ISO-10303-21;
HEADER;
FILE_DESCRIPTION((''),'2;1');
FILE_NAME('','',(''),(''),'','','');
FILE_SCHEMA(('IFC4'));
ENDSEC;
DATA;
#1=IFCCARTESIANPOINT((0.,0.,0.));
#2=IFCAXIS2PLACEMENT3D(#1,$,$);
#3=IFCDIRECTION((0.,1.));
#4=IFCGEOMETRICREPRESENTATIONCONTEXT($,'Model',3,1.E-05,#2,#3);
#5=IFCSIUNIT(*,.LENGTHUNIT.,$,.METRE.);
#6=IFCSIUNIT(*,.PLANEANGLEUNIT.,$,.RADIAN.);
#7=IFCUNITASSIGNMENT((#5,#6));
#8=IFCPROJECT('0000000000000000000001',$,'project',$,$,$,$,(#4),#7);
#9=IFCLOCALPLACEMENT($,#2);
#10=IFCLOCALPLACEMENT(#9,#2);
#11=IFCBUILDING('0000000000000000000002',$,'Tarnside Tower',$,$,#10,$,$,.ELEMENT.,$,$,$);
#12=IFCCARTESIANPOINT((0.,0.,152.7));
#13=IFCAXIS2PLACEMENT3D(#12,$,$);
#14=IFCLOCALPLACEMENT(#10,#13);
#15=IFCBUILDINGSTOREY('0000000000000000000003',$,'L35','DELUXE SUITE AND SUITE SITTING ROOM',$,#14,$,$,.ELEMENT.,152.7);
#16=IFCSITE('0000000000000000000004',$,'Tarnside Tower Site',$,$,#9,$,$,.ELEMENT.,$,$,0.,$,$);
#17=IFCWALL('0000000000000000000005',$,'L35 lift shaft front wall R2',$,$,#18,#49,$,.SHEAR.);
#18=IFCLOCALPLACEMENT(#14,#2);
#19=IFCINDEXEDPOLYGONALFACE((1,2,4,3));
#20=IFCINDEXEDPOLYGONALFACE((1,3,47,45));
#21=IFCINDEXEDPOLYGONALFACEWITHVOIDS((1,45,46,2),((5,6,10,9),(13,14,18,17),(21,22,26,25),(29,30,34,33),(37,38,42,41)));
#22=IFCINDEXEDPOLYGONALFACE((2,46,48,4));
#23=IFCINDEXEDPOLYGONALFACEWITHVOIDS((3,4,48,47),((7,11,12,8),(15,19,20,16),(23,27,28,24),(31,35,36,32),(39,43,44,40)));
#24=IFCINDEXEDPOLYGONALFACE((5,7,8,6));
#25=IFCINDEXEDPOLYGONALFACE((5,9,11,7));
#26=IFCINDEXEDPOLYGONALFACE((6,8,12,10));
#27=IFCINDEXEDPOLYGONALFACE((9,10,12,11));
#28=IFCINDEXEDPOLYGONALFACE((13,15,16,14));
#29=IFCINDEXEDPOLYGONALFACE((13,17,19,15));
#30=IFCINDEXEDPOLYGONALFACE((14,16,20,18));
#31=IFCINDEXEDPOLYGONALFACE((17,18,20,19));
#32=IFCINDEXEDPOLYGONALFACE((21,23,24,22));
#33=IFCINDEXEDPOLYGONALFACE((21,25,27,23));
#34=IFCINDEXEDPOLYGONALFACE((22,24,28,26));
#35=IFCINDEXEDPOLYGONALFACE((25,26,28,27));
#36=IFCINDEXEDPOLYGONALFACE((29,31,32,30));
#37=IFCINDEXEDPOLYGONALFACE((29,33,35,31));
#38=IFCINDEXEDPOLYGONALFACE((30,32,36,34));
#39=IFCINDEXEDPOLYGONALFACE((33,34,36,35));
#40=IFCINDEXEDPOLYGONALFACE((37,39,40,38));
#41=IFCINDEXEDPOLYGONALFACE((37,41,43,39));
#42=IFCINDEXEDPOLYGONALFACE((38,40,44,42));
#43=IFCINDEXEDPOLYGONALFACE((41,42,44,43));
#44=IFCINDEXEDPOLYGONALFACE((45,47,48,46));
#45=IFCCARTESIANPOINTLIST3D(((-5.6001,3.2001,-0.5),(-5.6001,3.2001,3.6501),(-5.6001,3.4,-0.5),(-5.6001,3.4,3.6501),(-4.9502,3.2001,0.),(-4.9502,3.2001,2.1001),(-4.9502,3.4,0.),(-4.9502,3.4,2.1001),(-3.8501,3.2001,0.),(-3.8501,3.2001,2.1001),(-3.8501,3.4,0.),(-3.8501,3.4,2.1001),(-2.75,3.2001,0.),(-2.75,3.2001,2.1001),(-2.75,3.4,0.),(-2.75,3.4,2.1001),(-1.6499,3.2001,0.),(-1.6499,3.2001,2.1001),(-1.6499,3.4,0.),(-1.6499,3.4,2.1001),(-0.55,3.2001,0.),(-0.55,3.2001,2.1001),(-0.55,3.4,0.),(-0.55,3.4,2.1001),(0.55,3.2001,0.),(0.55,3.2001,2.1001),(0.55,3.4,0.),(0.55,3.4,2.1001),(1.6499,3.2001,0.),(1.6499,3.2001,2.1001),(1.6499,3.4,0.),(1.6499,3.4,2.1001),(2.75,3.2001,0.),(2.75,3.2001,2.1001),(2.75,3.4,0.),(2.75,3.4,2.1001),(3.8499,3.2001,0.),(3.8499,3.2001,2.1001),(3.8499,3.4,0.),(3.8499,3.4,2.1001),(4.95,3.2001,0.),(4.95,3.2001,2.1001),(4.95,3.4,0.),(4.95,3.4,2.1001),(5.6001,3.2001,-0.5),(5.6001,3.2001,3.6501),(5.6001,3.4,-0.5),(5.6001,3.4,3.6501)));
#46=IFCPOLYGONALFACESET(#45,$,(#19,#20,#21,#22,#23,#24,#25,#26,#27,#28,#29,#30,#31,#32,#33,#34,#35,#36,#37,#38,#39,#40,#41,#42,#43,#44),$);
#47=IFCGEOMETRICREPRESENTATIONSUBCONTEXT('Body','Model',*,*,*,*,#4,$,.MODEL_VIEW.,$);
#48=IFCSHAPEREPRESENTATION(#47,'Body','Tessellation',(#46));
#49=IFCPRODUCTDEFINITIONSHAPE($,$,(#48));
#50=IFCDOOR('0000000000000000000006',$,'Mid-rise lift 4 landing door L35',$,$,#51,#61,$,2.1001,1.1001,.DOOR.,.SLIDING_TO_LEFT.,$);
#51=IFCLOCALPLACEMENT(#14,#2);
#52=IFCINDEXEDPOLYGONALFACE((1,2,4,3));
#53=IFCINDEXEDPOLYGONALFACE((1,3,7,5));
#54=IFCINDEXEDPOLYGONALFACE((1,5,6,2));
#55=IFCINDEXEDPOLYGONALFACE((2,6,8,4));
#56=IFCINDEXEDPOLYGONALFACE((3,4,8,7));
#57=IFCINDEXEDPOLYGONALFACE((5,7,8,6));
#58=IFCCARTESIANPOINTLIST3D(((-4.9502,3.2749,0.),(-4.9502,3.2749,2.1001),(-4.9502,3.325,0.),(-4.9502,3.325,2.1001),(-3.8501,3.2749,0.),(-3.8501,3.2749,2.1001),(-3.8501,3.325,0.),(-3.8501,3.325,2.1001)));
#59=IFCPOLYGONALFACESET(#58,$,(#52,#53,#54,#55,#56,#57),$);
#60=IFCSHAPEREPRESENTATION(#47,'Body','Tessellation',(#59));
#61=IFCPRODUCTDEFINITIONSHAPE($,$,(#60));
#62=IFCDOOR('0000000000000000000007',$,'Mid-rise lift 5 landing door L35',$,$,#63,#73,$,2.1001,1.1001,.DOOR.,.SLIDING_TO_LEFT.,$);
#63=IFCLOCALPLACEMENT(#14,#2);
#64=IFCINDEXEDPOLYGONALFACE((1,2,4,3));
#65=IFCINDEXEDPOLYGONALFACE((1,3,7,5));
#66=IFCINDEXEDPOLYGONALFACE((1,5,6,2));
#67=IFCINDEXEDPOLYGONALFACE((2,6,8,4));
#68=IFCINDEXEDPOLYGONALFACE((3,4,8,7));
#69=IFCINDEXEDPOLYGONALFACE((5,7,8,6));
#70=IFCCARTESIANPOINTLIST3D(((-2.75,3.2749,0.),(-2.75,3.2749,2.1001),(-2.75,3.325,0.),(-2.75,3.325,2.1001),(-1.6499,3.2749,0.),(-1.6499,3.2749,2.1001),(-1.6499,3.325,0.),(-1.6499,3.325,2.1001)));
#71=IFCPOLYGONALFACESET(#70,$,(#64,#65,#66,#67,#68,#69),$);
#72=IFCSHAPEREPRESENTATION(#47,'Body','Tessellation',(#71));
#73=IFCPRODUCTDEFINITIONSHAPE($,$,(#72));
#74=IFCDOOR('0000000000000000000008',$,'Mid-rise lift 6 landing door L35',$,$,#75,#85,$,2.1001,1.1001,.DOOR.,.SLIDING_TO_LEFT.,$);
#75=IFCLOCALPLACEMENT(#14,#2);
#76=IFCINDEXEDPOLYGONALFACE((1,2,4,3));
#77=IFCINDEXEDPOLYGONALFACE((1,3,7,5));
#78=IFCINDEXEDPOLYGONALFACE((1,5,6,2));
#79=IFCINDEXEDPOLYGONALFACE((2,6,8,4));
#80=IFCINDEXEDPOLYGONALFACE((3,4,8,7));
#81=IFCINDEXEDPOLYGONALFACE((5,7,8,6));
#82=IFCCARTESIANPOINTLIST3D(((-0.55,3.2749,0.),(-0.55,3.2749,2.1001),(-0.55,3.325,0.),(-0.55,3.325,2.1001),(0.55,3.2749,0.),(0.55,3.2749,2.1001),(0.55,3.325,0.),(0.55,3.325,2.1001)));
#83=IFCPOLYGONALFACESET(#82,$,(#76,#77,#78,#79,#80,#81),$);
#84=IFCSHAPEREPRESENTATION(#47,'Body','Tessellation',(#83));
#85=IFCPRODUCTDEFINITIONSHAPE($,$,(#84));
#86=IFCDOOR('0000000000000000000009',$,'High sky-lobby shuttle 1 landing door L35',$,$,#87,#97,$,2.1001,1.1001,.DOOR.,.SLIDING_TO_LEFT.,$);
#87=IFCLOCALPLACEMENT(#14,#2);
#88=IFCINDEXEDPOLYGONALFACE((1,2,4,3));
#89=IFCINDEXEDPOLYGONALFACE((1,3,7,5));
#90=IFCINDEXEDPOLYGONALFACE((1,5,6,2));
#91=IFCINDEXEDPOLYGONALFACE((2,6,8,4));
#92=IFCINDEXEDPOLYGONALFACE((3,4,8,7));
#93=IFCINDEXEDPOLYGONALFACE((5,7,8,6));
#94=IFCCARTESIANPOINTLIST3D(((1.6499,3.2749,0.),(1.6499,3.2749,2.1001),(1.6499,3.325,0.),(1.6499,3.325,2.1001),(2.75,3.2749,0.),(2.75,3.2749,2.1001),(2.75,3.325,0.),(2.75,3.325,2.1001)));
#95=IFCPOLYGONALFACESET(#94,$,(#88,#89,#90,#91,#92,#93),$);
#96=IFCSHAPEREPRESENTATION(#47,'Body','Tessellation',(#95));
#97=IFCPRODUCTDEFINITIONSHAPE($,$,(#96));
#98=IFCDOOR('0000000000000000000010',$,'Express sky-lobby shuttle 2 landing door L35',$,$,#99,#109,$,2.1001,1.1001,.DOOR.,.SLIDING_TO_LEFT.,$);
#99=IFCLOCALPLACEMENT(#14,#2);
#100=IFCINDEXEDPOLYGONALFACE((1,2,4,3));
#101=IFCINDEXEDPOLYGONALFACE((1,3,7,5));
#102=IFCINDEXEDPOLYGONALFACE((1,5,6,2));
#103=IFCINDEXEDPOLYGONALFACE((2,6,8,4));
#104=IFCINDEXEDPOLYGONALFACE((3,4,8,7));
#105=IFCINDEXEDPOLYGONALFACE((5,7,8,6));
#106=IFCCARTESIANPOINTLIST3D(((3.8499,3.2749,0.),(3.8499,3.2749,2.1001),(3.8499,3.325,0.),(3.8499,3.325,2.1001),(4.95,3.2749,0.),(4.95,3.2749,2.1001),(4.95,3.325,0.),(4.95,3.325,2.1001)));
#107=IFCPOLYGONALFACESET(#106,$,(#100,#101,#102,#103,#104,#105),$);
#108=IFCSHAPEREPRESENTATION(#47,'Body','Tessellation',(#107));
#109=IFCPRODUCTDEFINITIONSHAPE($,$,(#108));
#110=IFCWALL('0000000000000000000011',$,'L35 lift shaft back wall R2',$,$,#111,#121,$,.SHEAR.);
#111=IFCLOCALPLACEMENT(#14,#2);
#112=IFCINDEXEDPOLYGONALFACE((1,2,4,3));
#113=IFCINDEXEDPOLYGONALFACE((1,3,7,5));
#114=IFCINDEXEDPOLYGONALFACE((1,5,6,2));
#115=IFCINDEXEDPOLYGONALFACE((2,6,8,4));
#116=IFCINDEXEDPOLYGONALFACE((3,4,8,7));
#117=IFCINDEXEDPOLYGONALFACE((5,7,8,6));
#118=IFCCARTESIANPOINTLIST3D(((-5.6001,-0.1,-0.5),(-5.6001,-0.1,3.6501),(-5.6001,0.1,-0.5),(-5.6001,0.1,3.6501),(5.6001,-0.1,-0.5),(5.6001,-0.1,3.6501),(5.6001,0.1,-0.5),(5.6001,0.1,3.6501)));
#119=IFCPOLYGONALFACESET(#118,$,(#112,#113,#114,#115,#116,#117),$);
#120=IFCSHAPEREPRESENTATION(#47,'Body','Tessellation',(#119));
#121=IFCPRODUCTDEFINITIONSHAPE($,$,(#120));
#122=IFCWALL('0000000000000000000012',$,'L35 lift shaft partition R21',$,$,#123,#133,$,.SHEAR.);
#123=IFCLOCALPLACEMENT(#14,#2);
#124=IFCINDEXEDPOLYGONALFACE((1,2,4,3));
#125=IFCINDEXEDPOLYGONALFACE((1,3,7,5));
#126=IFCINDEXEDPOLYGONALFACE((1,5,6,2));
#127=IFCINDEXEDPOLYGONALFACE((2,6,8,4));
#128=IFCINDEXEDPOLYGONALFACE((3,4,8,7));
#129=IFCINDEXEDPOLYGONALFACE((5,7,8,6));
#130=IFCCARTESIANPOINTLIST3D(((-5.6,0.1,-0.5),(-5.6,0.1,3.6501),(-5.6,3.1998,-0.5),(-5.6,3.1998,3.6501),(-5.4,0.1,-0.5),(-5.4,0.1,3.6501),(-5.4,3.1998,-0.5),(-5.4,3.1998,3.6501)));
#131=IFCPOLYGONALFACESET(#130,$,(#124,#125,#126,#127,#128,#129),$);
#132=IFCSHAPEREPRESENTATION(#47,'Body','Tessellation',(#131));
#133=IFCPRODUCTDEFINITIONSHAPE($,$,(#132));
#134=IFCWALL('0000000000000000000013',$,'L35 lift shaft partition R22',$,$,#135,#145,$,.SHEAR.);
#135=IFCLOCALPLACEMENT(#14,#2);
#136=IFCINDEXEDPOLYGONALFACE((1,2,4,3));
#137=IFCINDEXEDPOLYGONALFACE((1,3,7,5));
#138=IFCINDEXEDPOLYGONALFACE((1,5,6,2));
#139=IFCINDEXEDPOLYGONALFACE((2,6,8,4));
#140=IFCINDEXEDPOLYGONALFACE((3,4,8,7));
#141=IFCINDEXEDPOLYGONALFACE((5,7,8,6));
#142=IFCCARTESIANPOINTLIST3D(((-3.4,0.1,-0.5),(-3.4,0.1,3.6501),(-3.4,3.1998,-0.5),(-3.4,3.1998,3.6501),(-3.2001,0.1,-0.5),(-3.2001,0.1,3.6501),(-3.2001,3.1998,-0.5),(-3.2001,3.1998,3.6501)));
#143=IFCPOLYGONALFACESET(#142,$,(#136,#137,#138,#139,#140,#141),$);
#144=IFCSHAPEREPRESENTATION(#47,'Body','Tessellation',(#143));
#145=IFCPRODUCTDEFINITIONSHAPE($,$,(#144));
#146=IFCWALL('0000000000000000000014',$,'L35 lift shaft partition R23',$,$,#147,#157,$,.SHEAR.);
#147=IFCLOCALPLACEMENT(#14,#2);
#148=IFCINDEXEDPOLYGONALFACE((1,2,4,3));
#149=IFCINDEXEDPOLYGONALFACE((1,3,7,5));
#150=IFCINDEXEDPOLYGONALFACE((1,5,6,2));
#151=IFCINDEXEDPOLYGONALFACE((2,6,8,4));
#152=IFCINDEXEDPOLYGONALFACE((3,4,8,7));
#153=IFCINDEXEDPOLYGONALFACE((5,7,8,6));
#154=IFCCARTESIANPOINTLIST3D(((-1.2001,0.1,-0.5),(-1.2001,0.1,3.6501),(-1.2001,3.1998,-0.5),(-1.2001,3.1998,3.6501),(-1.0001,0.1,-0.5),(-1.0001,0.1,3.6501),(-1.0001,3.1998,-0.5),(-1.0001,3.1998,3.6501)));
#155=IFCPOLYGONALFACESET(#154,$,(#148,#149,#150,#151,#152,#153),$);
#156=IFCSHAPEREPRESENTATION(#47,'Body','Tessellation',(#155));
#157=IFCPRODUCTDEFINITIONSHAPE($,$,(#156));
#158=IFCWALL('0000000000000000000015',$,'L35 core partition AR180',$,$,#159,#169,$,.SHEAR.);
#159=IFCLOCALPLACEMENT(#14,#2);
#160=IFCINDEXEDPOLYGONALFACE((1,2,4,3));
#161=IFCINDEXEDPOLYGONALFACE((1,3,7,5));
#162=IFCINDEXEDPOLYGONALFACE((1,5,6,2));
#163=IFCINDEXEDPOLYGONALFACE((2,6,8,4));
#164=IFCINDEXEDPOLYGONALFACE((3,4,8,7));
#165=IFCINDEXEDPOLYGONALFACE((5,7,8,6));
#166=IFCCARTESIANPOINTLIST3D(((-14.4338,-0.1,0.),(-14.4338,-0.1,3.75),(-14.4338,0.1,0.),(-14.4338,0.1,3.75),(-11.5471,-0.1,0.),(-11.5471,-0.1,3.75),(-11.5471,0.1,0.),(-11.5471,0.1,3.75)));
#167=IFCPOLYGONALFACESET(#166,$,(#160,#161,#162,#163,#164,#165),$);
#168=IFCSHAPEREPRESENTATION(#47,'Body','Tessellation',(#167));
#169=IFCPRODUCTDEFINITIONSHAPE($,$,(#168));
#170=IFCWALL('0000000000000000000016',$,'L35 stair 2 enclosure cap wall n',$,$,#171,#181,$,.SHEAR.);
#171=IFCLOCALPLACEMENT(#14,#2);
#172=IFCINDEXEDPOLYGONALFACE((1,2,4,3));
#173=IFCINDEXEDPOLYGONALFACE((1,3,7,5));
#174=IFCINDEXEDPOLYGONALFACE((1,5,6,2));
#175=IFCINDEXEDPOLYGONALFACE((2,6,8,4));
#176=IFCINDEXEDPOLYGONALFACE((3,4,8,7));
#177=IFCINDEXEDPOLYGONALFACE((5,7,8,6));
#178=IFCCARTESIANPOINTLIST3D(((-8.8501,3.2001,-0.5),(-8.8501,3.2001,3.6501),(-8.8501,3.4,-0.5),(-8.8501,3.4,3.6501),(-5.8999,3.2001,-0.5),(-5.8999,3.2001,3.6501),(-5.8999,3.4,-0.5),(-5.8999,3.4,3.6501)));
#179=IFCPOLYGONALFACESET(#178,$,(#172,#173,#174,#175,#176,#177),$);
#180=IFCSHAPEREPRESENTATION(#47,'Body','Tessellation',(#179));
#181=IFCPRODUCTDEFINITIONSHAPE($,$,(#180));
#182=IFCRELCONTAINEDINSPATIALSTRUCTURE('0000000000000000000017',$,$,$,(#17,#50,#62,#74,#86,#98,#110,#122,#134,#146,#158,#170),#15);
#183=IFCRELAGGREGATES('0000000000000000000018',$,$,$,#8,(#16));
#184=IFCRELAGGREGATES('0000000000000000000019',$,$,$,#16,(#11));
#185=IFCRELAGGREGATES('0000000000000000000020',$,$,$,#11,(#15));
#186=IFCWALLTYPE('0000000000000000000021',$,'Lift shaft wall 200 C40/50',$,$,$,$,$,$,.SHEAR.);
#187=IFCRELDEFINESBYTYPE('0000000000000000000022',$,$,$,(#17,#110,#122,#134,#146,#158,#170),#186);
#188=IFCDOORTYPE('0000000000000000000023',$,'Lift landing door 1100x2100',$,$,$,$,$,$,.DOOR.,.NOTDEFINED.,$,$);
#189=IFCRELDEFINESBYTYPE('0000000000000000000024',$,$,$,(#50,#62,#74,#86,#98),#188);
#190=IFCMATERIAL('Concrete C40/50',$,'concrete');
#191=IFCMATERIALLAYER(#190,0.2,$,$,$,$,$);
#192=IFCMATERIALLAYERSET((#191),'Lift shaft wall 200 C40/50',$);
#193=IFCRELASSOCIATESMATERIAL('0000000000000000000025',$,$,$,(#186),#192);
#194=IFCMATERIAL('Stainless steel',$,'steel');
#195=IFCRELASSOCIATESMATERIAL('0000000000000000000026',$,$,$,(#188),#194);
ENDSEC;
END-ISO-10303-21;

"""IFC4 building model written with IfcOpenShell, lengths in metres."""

from ifc_helpers import new_model, si_unit, direction, frame, frame_2d, origin, place, context, subcontext, project, spatial, rectangle, extrude, material, layer, layer_set, type_object, element, fill, save


model = new_model("IFC4")

# Units and contexts
model_context = context("Model", 3, precision=1e-05, world=origin(), true_north=direction((0.0, 1.0)))
body_context = subcontext(model_context, "Body", "Model", "MODEL_VIEW")
ifc_project = project(units=[si_unit("LENGTHUNIT", "METRE"), si_unit("PLANEANGLEUNIT", "RADIAN")], contexts=[model_context])

# Site, building, storey
site_placement = place(None, origin())
site = spatial("IfcSite", under=ifc_project, at=site_placement, Name="Tarnside Tower Site", CompositionType="ELEMENT", RefElevation=0.0)
building_placement = place(site_placement, origin())
building = spatial("IfcBuilding", under=site, at=building_placement, Name="Tarnside Tower", CompositionType="ELEMENT")
storey_placement = place(building_placement, frame((0.0, 0.0, 152.7)))
storey = spatial("IfcBuildingStorey", under=building, at=storey_placement, Name="L35", Description="DELUXE SUITE AND SUITE SITTING ROOM", CompositionType="ELEMENT", Elevation=152.7)

# Wall, openings, doors
ifc_material_1 = material(Name="Concrete C40/50", Category="concrete")
ifc_layer_1 = layer(ifc_material_1, 0.2)
ifc_layer_set_1 = layer_set([ifc_layer_1], Name="Lift shaft wall 200 C40/50")
wall_type_1 = type_object("IfcWallType", Name="Lift shaft wall 200 C40/50", PredefinedType="SHEAR", material=ifc_layer_set_1)
ifc_material_2 = material(Name="Stainless steel", Category="steel")
door_type_1 = type_object("IfcDoorType", Name="Lift landing door 1100x2100", OperationType="NOTDEFINED", PredefinedType="DOOR", material=ifc_material_2)
wall_1_placement = place(storey_placement, frame((-5.6001, 3.3, -0.5), z_axis=(0.0, 0.0, 1.0), x_axis=(1.0, 0.0, 0.0)))
wall_1 = element("IfcWall", 1, at=wall_1_placement, inside=storey, type_object=wall_type_1, Name="L35 lift shaft front wall R2", PredefinedType="SHEAR", context=body_context, shape_type="SweptSolid", body=[
    extrude(rectangle(XDim=11.2002, YDim=0.2, at=frame_2d((5.6001, 0.0))), origin(), (0.0, 0.0, 1.0), 4.1501),
])
opening_1_placement = place(wall_1_placement, frame((0.6499, 0.0, 0.5)))
opening_1 = element("IfcOpeningElement", 2, at=opening_1_placement, cuts=wall_1, PredefinedType="OPENING", context=body_context, shape_type="SweptSolid", body=[
    extrude(rectangle(XDim=1.1001, YDim=2.1001, at=frame_2d((0.55, 1.05))), frame((0.0, 0.1099, 0.0), z_axis=(0.0, -1.0, 0.0), x_axis=(1.0, 0.0, 0.0)), (0.0, 0.0, 1.0), 0.22),
])
opening_2_placement = place(wall_1_placement, frame((2.8501, 0.0, 0.5)))
opening_2 = element("IfcOpeningElement", 3, at=opening_2_placement, cuts=wall_1, PredefinedType="OPENING", context=body_context, shape_type="SweptSolid", body=[
    extrude(rectangle(XDim=1.1001, YDim=2.1001, at=frame_2d((0.55, 1.05))), frame((0.0, 0.1099, 0.0), z_axis=(0.0, -1.0, 0.0), x_axis=(1.0, 0.0, 0.0)), (0.0, 0.0, 1.0), 0.22),
])
opening_3_placement = place(wall_1_placement, frame((5.05, 0.0, 0.5)))
opening_3 = element("IfcOpeningElement", 4, at=opening_3_placement, cuts=wall_1, PredefinedType="OPENING", context=body_context, shape_type="SweptSolid", body=[
    extrude(rectangle(XDim=1.1001, YDim=2.1001, at=frame_2d((0.55, 1.05))), frame((0.0, 0.1099, 0.0), z_axis=(0.0, -1.0, 0.0), x_axis=(1.0, 0.0, 0.0)), (0.0, 0.0, 1.0), 0.22),
])
opening_4_placement = place(wall_1_placement, frame((7.25, 0.0, 0.5)))
opening_4 = element("IfcOpeningElement", 5, at=opening_4_placement, cuts=wall_1, PredefinedType="OPENING", context=body_context, shape_type="SweptSolid", body=[
    extrude(rectangle(XDim=1.1001, YDim=2.1001, at=frame_2d((0.55, 1.05))), frame((0.0, 0.1099, 0.0), z_axis=(0.0, -1.0, 0.0), x_axis=(1.0, 0.0, 0.0)), (0.0, 0.0, 1.0), 0.22),
])
opening_5_placement = place(wall_1_placement, frame((9.45, 0.0, 0.5)))
opening_5 = element("IfcOpeningElement", 6, at=opening_5_placement, cuts=wall_1, PredefinedType="OPENING", context=body_context, shape_type="SweptSolid", body=[
    extrude(rectangle(XDim=1.1001, YDim=2.1001, at=frame_2d((0.55, 1.05))), frame((0.0, 0.1099, 0.0), z_axis=(0.0, -1.0, 0.0), x_axis=(1.0, 0.0, 0.0)), (0.0, 0.0, 1.0), 0.22),
])
door_1_placement = place(opening_1_placement, origin())
door_1 = element("IfcDoor", 7, at=door_1_placement, inside=storey, type_object=door_type_1, Name="Mid-rise lift 4 landing door L35", OperationType="SLIDING_TO_LEFT", OverallHeight=2.1001, OverallWidth=1.1001, PredefinedType="DOOR", context=body_context, shape_type="SweptSolid", body=[
    extrude(rectangle(XDim=1.1001, YDim=2.1001, at=frame_2d((0.55, 1.05))), frame((0.0, 0.0249, 0.0), z_axis=(0.0, -1.0, 0.0), x_axis=(1.0, 0.0, 0.0)), (0.0, 0.0, 1.0), 0.05),
])
fill(opening_1, door_1)
door_2_placement = place(opening_2_placement, origin())
door_2 = element("IfcDoor", 8, at=door_2_placement, inside=storey, type_object=door_type_1, Name="Mid-rise lift 5 landing door L35", OperationType="SLIDING_TO_LEFT", OverallHeight=2.1001, OverallWidth=1.1001, PredefinedType="DOOR", context=body_context, shape_type="SweptSolid", body=[
    extrude(rectangle(XDim=1.1001, YDim=2.1001, at=frame_2d((0.55, 1.05))), frame((0.0, 0.0249, 0.0), z_axis=(0.0, -1.0, 0.0), x_axis=(1.0, 0.0, 0.0)), (0.0, 0.0, 1.0), 0.05),
])
fill(opening_2, door_2)
door_3_placement = place(opening_3_placement, origin())
door_3 = element("IfcDoor", 9, at=door_3_placement, inside=storey, type_object=door_type_1, Name="Mid-rise lift 6 landing door L35", OperationType="SLIDING_TO_LEFT", OverallHeight=2.1001, OverallWidth=1.1001, PredefinedType="DOOR", context=body_context, shape_type="SweptSolid", body=[
    extrude(rectangle(XDim=1.1001, YDim=2.1001, at=frame_2d((0.55, 1.05))), frame((0.0, 0.0249, 0.0), z_axis=(0.0, -1.0, 0.0), x_axis=(1.0, 0.0, 0.0)), (0.0, 0.0, 1.0), 0.05),
])
fill(opening_3, door_3)
door_4_placement = place(opening_4_placement, origin())
door_4 = element("IfcDoor", 10, at=door_4_placement, inside=storey, type_object=door_type_1, Name="High sky-lobby shuttle 1 landing door L35", OperationType="SLIDING_TO_LEFT", OverallHeight=2.1001, OverallWidth=1.1001, PredefinedType="DOOR", context=body_context, shape_type="SweptSolid", body=[
    extrude(rectangle(XDim=1.1001, YDim=2.1001, at=frame_2d((0.55, 1.05))), frame((0.0, 0.0249, 0.0), z_axis=(0.0, -1.0, 0.0), x_axis=(1.0, 0.0, 0.0)), (0.0, 0.0, 1.0), 0.05),
])
fill(opening_4, door_4)
door_5_placement = place(opening_5_placement, origin())
door_5 = element("IfcDoor", 11, at=door_5_placement, inside=storey, type_object=door_type_1, Name="Express sky-lobby shuttle 2 landing door L35", OperationType="SLIDING_TO_LEFT", OverallHeight=2.1001, OverallWidth=1.1001, PredefinedType="DOOR", context=body_context, shape_type="SweptSolid", body=[
    extrude(rectangle(XDim=1.1001, YDim=2.1001, at=frame_2d((0.55, 1.05))), frame((0.0, 0.0249, 0.0), z_axis=(0.0, -1.0, 0.0), x_axis=(1.0, 0.0, 0.0)), (0.0, 0.0, 1.0), 0.05),
])
fill(opening_5, door_5)

# Walls
wall_2_placement = place(storey_placement, frame((-5.6001, 0.0, -0.5), z_axis=(0.0, 0.0, 1.0), x_axis=(1.0, 0.0, 0.0)))
element("IfcWall", 12, at=wall_2_placement, inside=storey, type_object=wall_type_1, Name="L35 lift shaft back wall R2", PredefinedType="SHEAR", context=body_context, shape_type="SweptSolid", body=[
    extrude(rectangle(XDim=11.2002, YDim=0.2, at=frame_2d((5.6001, 0.0))), origin(), (0.0, 0.0, 1.0), 4.1501),
])
for number, where, z_axis, x_axis, name in (
    (13, (-5.5, 0.1001, -0.5), (0.0, 0.0, 1.0), (0.0, 1.0, 0.0), "L35 lift shaft partition R21"),
    (14, (-3.3, 0.1001, -0.5), (0.0, 0.0, 1.0), (0.0, 1.0, 0.0), "L35 lift shaft partition R22"),
    (15, (-1.1001, 0.1001, -0.5), (0.0, 0.0, 1.0), (0.0, 1.0, 0.0), "L35 lift shaft partition R23"),
):
    element("IfcWall", number, at=place(storey_placement, frame(where, z_axis=z_axis, x_axis=x_axis)), inside=storey, type_object=wall_type_1, Name=name, PredefinedType="SHEAR", context=body_context, shape_type="SweptSolid", body=[
        extrude(rectangle(XDim=3.0999, YDim=0.2, at=frame_2d((1.5498, 0.0))), origin(), (0.0, 0.0, 1.0), 4.1501),
    ])
wall_3_placement = place(storey_placement, frame((-11.5471, 0.0, 0.0), z_axis=(0.0, 0.0, 1.0), x_axis=(-1.0, 0.0, 0.0)))
element("IfcWall", 16, at=wall_3_placement, inside=storey, type_object=wall_type_1, Name="L35 core partition AR180", PredefinedType="SHEAR", context=body_context, shape_type="SweptSolid", body=[
    extrude(rectangle(XDim=2.8867, YDim=0.2, at=frame_2d((1.4434, 0.0))), origin(), (0.0, 0.0, 1.0), 3.75),
])
wall_4_placement = place(storey_placement, frame((-8.8501, 3.3, -0.5), z_axis=(0.0, 0.0, 1.0), x_axis=(1.0, 0.0, 0.0)))
element("IfcWall", 17, at=wall_4_placement, inside=storey, type_object=wall_type_1, Name="L35 stair 2 enclosure cap wall n", PredefinedType="SHEAR", context=body_context, shape_type="SweptSolid", body=[
    extrude(rectangle(XDim=2.9502, YDim=0.2, at=frame_2d((1.4751, 0.0))), origin(), (0.0, 0.0, 1.0), 4.1501),
])

save(model, "model.ifc")
